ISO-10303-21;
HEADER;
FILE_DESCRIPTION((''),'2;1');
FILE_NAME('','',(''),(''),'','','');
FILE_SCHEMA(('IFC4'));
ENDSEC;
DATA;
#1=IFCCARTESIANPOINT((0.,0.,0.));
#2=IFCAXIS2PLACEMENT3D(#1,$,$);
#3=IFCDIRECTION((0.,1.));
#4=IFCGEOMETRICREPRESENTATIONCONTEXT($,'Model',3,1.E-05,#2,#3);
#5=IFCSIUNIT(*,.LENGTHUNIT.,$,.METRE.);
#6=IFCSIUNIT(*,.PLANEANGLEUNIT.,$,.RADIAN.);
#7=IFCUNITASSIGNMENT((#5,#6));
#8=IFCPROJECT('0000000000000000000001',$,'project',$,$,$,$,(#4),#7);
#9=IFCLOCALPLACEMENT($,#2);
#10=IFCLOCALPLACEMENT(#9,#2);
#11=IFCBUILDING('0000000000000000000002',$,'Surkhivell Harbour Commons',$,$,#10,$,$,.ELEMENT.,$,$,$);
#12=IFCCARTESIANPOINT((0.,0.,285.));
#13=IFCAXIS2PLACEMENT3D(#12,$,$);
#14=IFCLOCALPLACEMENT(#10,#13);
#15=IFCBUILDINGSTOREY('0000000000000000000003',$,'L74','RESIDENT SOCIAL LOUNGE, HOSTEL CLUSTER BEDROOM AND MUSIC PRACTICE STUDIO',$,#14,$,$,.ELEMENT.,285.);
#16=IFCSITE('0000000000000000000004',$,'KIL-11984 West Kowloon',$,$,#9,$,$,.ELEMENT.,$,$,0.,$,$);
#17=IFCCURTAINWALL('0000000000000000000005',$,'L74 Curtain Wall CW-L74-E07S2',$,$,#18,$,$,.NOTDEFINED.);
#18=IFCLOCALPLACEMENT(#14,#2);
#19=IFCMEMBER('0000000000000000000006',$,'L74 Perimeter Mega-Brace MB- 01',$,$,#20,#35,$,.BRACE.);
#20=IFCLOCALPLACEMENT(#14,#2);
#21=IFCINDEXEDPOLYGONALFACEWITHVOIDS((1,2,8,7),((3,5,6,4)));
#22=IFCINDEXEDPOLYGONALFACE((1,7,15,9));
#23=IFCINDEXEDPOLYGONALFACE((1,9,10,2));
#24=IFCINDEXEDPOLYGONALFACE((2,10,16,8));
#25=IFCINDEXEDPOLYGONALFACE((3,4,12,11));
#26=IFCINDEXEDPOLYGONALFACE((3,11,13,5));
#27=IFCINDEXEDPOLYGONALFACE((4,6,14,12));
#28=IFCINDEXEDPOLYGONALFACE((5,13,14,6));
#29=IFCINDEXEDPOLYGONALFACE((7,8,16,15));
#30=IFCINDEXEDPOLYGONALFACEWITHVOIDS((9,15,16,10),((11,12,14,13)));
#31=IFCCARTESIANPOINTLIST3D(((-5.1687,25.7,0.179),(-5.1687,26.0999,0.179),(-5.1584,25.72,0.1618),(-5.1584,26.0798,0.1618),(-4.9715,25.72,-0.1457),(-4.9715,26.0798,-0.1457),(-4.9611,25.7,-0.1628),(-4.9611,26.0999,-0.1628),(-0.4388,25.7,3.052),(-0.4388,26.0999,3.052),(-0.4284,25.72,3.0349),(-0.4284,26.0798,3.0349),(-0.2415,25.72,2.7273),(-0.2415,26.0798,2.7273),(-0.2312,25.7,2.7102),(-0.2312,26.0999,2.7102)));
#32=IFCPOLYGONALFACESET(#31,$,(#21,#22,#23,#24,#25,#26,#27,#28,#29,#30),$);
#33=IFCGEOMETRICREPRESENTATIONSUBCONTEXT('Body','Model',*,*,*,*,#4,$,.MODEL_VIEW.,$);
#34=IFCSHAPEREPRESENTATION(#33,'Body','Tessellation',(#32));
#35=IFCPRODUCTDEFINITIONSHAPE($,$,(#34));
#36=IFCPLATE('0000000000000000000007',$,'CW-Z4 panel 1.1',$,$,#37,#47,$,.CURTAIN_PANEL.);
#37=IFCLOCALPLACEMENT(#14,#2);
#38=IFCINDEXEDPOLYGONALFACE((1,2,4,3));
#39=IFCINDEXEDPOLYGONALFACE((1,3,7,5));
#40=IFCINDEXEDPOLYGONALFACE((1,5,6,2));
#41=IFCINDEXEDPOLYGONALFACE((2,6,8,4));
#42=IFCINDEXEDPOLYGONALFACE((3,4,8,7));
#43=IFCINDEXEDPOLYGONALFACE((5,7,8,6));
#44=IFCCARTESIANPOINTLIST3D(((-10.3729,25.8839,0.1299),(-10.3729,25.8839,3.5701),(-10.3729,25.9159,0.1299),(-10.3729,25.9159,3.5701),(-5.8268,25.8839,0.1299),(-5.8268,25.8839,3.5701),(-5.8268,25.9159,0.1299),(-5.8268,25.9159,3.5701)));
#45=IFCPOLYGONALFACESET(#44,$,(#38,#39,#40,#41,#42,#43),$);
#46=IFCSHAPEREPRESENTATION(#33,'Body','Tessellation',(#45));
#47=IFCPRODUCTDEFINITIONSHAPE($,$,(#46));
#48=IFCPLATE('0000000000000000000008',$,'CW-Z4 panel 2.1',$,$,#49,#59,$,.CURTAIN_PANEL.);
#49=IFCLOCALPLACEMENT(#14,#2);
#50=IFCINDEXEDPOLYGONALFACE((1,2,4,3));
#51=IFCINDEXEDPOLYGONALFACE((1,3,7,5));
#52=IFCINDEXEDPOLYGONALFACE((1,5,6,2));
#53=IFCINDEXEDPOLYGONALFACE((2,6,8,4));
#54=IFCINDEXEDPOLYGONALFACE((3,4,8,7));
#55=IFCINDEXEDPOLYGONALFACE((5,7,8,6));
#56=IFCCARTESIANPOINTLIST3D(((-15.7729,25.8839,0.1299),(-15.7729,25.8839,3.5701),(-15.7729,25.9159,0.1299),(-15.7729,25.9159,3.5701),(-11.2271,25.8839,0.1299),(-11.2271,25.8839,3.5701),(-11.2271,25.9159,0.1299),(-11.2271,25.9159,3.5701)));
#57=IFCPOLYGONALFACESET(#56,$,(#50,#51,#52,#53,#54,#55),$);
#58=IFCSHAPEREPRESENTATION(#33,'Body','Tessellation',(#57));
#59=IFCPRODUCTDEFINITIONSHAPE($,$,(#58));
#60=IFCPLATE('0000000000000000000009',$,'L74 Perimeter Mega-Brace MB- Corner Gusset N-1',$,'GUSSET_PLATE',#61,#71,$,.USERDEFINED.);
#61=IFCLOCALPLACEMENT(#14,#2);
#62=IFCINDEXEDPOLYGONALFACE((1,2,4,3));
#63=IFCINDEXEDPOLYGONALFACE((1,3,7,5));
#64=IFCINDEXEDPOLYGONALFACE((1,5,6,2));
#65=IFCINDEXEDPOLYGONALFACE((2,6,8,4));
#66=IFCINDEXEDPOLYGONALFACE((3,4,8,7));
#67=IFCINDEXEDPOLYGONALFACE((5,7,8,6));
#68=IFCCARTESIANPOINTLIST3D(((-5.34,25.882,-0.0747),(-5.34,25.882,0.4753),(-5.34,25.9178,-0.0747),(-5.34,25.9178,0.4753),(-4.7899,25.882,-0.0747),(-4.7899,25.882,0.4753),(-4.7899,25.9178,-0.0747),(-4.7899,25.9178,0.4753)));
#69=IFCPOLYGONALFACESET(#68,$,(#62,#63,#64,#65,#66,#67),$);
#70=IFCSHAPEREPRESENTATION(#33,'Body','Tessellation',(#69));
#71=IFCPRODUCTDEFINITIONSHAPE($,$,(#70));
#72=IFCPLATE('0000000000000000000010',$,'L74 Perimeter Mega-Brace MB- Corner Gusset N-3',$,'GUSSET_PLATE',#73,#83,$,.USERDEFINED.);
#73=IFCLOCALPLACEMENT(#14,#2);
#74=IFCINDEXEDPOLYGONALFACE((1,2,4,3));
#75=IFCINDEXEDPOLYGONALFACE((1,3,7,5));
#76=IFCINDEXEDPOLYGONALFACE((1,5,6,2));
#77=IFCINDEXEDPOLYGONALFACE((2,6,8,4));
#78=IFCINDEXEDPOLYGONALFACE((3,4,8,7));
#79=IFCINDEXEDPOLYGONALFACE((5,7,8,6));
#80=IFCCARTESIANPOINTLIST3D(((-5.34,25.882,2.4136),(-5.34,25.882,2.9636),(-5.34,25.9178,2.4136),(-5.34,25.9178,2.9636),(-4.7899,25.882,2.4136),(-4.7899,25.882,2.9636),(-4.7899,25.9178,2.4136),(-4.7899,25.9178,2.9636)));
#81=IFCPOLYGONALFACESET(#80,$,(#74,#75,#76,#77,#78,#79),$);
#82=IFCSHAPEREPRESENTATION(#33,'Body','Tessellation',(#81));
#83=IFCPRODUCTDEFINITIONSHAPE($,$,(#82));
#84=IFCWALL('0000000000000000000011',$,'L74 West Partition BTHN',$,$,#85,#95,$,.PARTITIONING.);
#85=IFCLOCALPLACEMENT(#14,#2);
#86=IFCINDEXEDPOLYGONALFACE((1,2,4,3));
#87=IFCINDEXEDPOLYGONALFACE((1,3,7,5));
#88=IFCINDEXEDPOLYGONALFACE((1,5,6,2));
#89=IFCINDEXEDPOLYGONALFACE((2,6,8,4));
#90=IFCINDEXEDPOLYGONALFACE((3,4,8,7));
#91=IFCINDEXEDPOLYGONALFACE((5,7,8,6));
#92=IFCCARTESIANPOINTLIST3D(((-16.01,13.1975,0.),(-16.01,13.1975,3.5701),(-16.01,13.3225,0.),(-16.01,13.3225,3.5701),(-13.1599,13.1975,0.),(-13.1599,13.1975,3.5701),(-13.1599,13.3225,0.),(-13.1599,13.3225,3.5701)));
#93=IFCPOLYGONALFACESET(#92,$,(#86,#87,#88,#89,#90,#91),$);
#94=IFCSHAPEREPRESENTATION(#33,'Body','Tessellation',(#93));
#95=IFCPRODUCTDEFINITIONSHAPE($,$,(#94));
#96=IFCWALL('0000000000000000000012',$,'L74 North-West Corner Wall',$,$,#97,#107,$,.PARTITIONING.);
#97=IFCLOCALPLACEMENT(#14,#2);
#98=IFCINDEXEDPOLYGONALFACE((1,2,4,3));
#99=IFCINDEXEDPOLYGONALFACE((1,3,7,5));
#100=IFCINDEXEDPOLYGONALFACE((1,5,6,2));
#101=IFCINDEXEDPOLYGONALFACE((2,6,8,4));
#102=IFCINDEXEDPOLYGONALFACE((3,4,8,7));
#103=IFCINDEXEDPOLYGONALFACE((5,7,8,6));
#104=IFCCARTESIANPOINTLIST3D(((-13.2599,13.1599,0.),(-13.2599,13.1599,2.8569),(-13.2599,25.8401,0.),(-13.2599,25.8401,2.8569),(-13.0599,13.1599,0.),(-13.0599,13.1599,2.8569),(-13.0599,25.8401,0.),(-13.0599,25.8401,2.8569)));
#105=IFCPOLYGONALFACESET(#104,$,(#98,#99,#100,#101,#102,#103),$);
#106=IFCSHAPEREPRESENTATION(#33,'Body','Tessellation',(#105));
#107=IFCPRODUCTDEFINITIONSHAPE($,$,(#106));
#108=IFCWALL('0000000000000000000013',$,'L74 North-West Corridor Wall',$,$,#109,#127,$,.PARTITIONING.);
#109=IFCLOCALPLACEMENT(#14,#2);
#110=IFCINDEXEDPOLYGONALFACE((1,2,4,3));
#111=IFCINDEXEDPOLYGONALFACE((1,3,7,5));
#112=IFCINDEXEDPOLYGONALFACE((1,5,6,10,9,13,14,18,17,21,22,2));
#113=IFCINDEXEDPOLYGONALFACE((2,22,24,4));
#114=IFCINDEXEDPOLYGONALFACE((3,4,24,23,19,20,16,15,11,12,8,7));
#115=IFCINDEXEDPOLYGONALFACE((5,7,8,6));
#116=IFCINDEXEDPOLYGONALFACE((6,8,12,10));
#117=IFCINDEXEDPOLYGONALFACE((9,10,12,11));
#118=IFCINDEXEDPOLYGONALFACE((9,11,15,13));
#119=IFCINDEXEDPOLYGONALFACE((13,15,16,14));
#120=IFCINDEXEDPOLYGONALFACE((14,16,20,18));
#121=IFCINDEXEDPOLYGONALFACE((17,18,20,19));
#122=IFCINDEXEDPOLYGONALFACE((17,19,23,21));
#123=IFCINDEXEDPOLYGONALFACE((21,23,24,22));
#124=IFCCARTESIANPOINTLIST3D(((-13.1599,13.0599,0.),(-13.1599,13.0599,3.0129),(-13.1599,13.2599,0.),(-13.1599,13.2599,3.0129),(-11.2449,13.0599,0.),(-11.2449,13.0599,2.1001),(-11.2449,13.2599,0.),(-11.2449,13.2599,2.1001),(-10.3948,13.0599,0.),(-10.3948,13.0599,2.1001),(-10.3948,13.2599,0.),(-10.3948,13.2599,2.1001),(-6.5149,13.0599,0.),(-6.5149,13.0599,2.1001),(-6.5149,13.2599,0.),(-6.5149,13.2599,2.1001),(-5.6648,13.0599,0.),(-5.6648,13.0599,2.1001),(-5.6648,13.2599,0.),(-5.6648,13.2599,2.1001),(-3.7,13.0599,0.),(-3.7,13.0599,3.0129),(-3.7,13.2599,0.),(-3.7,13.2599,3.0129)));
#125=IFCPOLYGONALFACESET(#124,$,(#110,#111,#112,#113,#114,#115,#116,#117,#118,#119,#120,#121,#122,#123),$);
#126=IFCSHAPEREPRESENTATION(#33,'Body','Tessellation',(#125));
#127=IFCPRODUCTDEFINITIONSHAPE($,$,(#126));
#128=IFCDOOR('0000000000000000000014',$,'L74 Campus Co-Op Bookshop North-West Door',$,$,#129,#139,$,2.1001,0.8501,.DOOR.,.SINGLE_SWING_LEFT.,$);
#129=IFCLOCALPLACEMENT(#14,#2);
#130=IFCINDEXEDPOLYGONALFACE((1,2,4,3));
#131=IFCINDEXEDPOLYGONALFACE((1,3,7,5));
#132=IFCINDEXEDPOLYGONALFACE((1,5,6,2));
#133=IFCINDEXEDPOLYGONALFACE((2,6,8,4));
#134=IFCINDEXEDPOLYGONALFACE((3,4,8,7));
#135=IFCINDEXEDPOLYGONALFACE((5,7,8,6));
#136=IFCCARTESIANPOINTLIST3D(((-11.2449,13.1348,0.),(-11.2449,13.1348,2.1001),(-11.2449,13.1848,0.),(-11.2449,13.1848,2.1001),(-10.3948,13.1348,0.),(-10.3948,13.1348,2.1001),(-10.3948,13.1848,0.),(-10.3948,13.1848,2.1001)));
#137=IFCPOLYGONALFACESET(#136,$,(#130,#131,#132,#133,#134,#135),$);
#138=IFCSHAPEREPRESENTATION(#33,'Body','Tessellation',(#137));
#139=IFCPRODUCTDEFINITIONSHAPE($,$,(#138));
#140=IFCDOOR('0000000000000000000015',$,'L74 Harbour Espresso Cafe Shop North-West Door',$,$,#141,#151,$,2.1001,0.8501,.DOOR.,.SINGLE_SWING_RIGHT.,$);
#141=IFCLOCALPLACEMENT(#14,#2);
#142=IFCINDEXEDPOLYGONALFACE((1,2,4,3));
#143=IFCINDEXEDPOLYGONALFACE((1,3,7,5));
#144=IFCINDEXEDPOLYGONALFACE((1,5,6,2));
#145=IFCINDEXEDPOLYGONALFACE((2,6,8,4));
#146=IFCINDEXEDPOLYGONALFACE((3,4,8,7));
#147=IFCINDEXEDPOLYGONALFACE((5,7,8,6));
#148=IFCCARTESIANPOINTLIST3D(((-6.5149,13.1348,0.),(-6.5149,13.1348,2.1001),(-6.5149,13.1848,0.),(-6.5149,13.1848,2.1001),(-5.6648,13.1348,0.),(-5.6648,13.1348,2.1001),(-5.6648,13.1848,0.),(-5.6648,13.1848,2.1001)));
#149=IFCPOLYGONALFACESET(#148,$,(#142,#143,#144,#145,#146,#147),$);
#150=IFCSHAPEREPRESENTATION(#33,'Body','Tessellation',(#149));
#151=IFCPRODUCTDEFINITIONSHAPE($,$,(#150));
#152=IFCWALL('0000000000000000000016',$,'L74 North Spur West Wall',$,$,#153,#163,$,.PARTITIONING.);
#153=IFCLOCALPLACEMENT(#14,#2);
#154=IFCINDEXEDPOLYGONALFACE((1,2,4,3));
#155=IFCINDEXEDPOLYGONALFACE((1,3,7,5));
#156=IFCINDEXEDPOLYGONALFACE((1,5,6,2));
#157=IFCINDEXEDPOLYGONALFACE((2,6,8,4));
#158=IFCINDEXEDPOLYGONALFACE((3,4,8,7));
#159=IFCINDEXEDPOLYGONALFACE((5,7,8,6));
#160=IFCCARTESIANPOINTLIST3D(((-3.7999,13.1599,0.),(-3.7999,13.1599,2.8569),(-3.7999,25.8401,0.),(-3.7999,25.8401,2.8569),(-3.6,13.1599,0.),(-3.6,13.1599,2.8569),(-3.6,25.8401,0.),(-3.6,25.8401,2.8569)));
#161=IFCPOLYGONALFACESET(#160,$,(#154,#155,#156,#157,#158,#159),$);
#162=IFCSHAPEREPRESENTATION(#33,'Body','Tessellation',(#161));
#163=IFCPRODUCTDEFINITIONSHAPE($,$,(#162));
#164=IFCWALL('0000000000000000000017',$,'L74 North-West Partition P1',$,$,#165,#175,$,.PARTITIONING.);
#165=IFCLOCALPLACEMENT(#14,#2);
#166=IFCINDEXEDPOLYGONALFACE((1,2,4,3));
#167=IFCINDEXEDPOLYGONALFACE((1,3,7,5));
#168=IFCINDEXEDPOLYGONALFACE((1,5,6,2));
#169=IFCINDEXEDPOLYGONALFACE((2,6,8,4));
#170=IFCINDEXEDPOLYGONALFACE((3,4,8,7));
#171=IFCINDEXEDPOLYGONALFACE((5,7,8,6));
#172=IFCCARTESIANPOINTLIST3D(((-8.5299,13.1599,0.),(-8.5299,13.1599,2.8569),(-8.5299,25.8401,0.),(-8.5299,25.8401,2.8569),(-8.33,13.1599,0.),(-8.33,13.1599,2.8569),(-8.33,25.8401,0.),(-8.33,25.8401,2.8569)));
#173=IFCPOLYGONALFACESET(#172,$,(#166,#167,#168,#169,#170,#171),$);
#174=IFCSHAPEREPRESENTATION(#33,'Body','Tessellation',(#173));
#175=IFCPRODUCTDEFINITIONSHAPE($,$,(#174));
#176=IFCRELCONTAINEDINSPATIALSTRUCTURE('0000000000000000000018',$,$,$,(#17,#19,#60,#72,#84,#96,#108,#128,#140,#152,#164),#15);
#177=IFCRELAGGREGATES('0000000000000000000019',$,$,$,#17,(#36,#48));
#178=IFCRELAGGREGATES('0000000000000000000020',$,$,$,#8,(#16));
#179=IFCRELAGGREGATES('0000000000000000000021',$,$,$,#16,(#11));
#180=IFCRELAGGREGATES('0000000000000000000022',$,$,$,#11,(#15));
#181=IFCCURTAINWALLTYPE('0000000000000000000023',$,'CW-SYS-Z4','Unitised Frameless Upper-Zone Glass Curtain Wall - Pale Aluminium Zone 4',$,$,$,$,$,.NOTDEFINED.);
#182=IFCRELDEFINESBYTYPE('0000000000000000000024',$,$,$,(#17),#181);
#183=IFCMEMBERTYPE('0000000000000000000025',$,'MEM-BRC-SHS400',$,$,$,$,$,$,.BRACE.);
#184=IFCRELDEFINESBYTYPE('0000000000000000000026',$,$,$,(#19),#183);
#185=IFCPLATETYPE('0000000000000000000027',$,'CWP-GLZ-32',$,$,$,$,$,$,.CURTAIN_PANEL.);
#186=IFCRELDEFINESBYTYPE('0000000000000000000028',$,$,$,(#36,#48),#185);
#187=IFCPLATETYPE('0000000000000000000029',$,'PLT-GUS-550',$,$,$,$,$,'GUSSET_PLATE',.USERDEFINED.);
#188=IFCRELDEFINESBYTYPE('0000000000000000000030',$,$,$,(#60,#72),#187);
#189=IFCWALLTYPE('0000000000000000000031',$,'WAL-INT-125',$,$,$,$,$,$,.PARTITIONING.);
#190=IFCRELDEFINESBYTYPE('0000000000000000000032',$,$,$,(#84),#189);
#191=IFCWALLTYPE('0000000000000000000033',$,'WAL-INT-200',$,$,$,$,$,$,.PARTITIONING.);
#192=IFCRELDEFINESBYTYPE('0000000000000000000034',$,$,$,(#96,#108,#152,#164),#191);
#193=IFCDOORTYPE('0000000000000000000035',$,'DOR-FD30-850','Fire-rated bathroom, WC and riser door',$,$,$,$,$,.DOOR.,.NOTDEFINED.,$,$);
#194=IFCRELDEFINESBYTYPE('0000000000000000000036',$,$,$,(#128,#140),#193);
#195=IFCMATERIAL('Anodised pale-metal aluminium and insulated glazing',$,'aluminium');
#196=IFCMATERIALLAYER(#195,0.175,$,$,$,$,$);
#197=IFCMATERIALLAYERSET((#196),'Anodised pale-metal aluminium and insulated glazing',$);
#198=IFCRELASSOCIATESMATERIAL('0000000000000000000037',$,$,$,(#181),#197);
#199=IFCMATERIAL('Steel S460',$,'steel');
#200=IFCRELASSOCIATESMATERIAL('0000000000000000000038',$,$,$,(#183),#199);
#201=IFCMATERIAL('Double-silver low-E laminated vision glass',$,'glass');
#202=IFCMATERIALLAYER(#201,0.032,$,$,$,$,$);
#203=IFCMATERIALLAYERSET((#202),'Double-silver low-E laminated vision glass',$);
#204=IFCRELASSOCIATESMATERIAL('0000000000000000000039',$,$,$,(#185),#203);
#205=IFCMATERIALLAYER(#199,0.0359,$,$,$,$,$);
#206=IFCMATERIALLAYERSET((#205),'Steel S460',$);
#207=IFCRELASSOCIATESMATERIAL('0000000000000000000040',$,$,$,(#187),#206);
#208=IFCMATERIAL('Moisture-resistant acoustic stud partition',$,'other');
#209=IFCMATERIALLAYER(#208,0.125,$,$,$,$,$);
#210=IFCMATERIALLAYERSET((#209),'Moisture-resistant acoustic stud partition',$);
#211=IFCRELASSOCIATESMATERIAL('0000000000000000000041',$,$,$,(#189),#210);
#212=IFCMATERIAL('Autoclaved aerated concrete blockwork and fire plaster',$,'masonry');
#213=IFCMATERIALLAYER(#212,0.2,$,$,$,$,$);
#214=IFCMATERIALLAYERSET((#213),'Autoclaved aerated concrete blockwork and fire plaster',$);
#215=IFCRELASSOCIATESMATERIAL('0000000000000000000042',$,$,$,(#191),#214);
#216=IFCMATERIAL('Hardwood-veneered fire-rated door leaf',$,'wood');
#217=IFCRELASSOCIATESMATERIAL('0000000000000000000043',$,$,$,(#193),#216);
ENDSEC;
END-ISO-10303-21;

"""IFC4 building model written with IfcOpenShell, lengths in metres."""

from ifc_helpers import new_model, si_unit, direction, frame, frame_2d, origin, origin_2d, place, context, subcontext, project, spatial, rectangle, hollow_rectangle, extrude, material, layer, layer_set, material_profile, profile_set, type_object, element, fill, aggregate, save


model = new_model("IFC4")

# Units and contexts
model_context = context("Model", 3, precision=1e-05, world=origin(), true_north=direction((0.0, 1.0)))
body_context = subcontext(model_context, "Body", "Model", "MODEL_VIEW")
ifc_project = project(units=[si_unit("LENGTHUNIT", "METRE"), si_unit("PLANEANGLEUNIT", "RADIAN")], contexts=[model_context])

# Site, building, storey
site_placement = place(None, origin())
site = spatial("IfcSite", under=ifc_project, at=site_placement, Name="KIL-11984 West Kowloon", CompositionType="ELEMENT", RefElevation=0.0)
building_placement = place(site_placement, origin())
building = spatial("IfcBuilding", under=site, at=building_placement, Name="Surkhivell Harbour Commons", CompositionType="ELEMENT")
storey_placement = place(building_placement, frame((0.0, 0.0, 285.0)))
storey = spatial("IfcBuildingStorey", under=building, at=storey_placement, Name="L74", Description="RESIDENT SOCIAL LOUNGE, HOSTEL CLUSTER BEDROOM AND MUSIC PRACTICE STUDIO", CompositionType="ELEMENT", Elevation=285.0)

# Curtain wall
ifc_material_1 = material(Name="Anodised pale-metal aluminium and insulated glazing", Category="aluminium")
ifc_layer_1 = layer(ifc_material_1, 0.175)
ifc_layer_set_1 = layer_set([ifc_layer_1], Name="Anodised pale-metal aluminium and insulated glazing")
curtain_wall_type = type_object("IfcCurtainWallType", Name="CW-SYS-Z4", Description="Unitised Frameless Upper-Zone Glass Curtain Wall - Pale Aluminium Zone 4", PredefinedType="NOTDEFINED", material=ifc_layer_set_1)
curtain_wall_placement = place(storey_placement, origin())
curtain_wall = element("IfcCurtainWall", 1, at=curtain_wall_placement, inside=storey, type_object=curtain_wall_type, Name="L74 Curtain Wall CW-L74-E07S2", PredefinedType="NOTDEFINED")

# Member
ifc_material_2 = material(Name="Steel S460", Category="steel")
ifc_material_profile_1 = material_profile(ifc_material_2, hollow_rectangle(XDim=0.3999, YDim=0.3999, WallThickness=0.02, at=origin_2d()), Name="SHS400x400x20")
ifc_profile_set_1 = profile_set([ifc_material_profile_1], Name="Steel S460")
member_type_1 = type_object("IfcMemberType", Name="MEM-BRC-SHS400", PredefinedType="BRACE", material=ifc_profile_set_1)
member_1_placement = place(storey_placement, frame((-5.0649, 25.8999, 0.0081), z_axis=(0.854685, 0.0, 0.519146), x_axis=(0.0, 1.0, 0.0)))
element("IfcMember", 2, at=member_1_placement, inside=storey, type_object=member_type_1, Name="L74 Perimeter Mega-Brace MB- 01", PredefinedType="BRACE", context=body_context, shape_type="SweptSolid", body=[
    extrude(hollow_rectangle(XDim=0.3999, YDim=0.3999, WallThickness=0.02, at=origin_2d()), origin(), (0.0, 0.0, 1.0), 5.5342),
])

# Plates
ifc_material_3 = material(Name="Double-silver low-E laminated vision glass", Category="glass")
ifc_layer_2 = layer(ifc_material_3, 0.032)
ifc_layer_set_2 = layer_set([ifc_layer_2], Name="Double-silver low-E laminated vision glass")
plate_type_1 = type_object("IfcPlateType", Name="CWP-GLZ-32", PredefinedType="CURTAIN_PANEL", material=ifc_layer_set_2)
plate_1_placement = place(storey_placement, frame((-5.8269, 25.8999, 0.1299), z_axis=(0.0, 0.0, 1.0), x_axis=(-1.0, 0.0, 0.0)))
plate_1 = element("IfcPlate", 3, at=plate_1_placement, type_object=plate_type_1, Name="CW-Z4 panel 1.1", PredefinedType="CURTAIN_PANEL", context=body_context, shape_type="SweptSolid", body=[
    extrude(rectangle(XDim=4.5461, YDim=0.032, at=frame_2d((2.2729, 0.0))), origin(), (0.0, 0.0, 1.0), 3.4402),
])
plate_2_placement = place(storey_placement, frame((-11.2271, 25.8999, 0.1299), z_axis=(0.0, 0.0, 1.0), x_axis=(-1.0, 0.0, 0.0)))
plate_2 = element("IfcPlate", 4, at=plate_2_placement, type_object=plate_type_1, Name="CW-Z4 panel 2.1", PredefinedType="CURTAIN_PANEL", context=body_context, shape_type="SweptSolid", body=[
    extrude(rectangle(XDim=4.5459, YDim=0.032, at=frame_2d((2.2729, 0.0))), origin(), (0.0, 0.0, 1.0), 3.4402),
])
aggregate(curtain_wall, [plate_1, plate_2])

# Plates
ifc_layer_3 = layer(ifc_material_2, 0.0359)
ifc_layer_set_3 = layer_set([ifc_layer_3], Name="Steel S460")
plate_type_2 = type_object("IfcPlateType", Name="PLT-GUS-550", ElementType="GUSSET_PLATE", PredefinedType="USERDEFINED", material=ifc_layer_set_3)
for number, where, z_axis, x_axis, name in (
    (5, (-5.0649, 25.8999, -0.0747), (0.0, 0.0, 1.0), (1.0, 0.0, 0.0), "L74 Perimeter Mega-Brace MB- Corner Gusset N-1"),
    (6, (-5.0649, 25.8999, 2.4136), (0.0, 0.0, 1.0), (1.0, 0.0, 0.0), "L74 Perimeter Mega-Brace MB- Corner Gusset N-3"),
):
    element("IfcPlate", number, at=place(storey_placement, frame(where, z_axis=z_axis, x_axis=x_axis)), inside=storey, type_object=plate_type_2, Name=name, ObjectType="GUSSET_PLATE", PredefinedType="USERDEFINED", context=body_context, shape_type="SweptSolid", body=[
        extrude(rectangle(XDim=0.55, YDim=0.0359, at=origin_2d()), origin(), (0.0, 0.0, 1.0), 0.55),
    ])

# Walls
ifc_material_4 = material(Name="Moisture-resistant acoustic stud partition", Category="other")
ifc_layer_4 = layer(ifc_material_4, 0.125)
ifc_layer_set_4 = layer_set([ifc_layer_4], Name="Moisture-resistant acoustic stud partition")
wall_type_1 = type_object("IfcWallType", Name="WAL-INT-125", PredefinedType="PARTITIONING", material=ifc_layer_set_4)
wall_1_placement = place(storey_placement, frame((-16.01, 13.26, 0.0), z_axis=(0.0, 0.0, 1.0), x_axis=(1.0, 0.0, 0.0)))
element("IfcWall", 7, at=wall_1_placement, inside=storey, type_object=wall_type_1, Name="L74 West Partition BTHN", PredefinedType="PARTITIONING", context=body_context, shape_type="SweptSolid", body=[
    extrude(rectangle(XDim=2.8501, YDim=0.125, at=frame_2d((1.425, 0.0))), origin(), (0.0, 0.0, 1.0), 3.5701),
])
ifc_material_5 = material(Name="Autoclaved aerated concrete blockwork and fire plaster", Category="masonry")
ifc_layer_5 = layer(ifc_material_5, 0.2)
ifc_layer_set_5 = layer_set([ifc_layer_5], Name="Autoclaved aerated concrete blockwork and fire plaster")
wall_type_2 = type_object("IfcWallType", Name="WAL-INT-200", PredefinedType="PARTITIONING", material=ifc_layer_set_5)
wall_2_placement = place(storey_placement, frame((-13.1599, 13.1599, 0.0), z_axis=(0.0, 0.0, 1.0), x_axis=(0.0, 1.0, 0.0)))
element("IfcWall", 8, at=wall_2_placement, inside=storey, type_object=wall_type_2, Name="L74 North-West Corner Wall", PredefinedType="PARTITIONING", context=body_context, shape_type="SweptSolid", body=[
    extrude(rectangle(XDim=12.6802, YDim=0.2, at=frame_2d((6.3401, 0.0))), origin(), (0.0, 0.0, 1.0), 2.8569),
])

# Wall, openings, doors
wall_3_placement = place(storey_placement, frame((-13.1599, 13.1599, 0.0), z_axis=(0.0, 0.0, 1.0), x_axis=(1.0, 0.0, 0.0)))
wall_3 = element("IfcWall", 9, at=wall_3_placement, inside=storey, type_object=wall_type_2, Name="L74 North-West Corridor Wall", PredefinedType="PARTITIONING", context=body_context, shape_type="SweptSolid", body=[
    extrude(rectangle(XDim=9.46, YDim=0.2, at=frame_2d((4.73, 0.0))), origin(), (0.0, 0.0, 1.0), 3.0129),
])
opening_1_placement = place(wall_3_placement, frame((1.915, 0.0, 0.0)))
opening_1 = element("IfcOpeningElement", 10, at=opening_1_placement, cuts=wall_3, PredefinedType="OPENING", context=body_context, shape_type="SweptSolid", body=[
    extrude(rectangle(XDim=0.8501, YDim=2.1001, at=frame_2d((0.425, 1.05))), frame((0.0, 0.1099, 0.0), z_axis=(0.0, -1.0, 0.0), x_axis=(1.0, 0.0, 0.0)), (0.0, 0.0, 1.0), 0.22),
])
opening_2_placement = place(wall_3_placement, frame((6.645, 0.0, 0.0)))
opening_2 = element("IfcOpeningElement", 11, at=opening_2_placement, cuts=wall_3, PredefinedType="OPENING", context=body_context, shape_type="SweptSolid", body=[
    extrude(rectangle(XDim=0.8501, YDim=2.1001, at=frame_2d((0.425, 1.05))), frame((0.0, 0.1099, 0.0), z_axis=(0.0, -1.0, 0.0), x_axis=(1.0, 0.0, 0.0)), (0.0, 0.0, 1.0), 0.22),
])
ifc_material_6 = material(Name="Hardwood-veneered fire-rated door leaf", Category="wood")
door_type = type_object("IfcDoorType", Name="DOR-FD30-850", Description="Fire-rated bathroom, WC and riser door", OperationType="NOTDEFINED", PredefinedType="DOOR", material=ifc_material_6)
door_1_placement = place(opening_1_placement, origin())
door_1 = element("IfcDoor", 12, at=door_1_placement, inside=storey, type_object=door_type, Name="L74 Campus Co-Op Bookshop North-West Door", OperationType="SINGLE_SWING_LEFT", OverallHeight=2.1001, OverallWidth=0.8501, PredefinedType="DOOR", context=body_context, shape_type="SweptSolid", body=[
    extrude(rectangle(XDim=0.8501, YDim=2.1001, at=frame_2d((0.425, 1.05))), frame((0.0, 0.0249, 0.0), z_axis=(0.0, -1.0, 0.0), x_axis=(1.0, 0.0, 0.0)), (0.0, 0.0, 1.0), 0.05),
])
fill(opening_1, door_1)
door_2_placement = place(opening_2_placement, origin())
door_2 = element("IfcDoor", 13, at=door_2_placement, inside=storey, type_object=door_type, Name="L74 Harbour Espresso Cafe Shop North-West Door", OperationType="SINGLE_SWING_RIGHT", OverallHeight=2.1001, OverallWidth=0.8501, PredefinedType="DOOR", context=body_context, shape_type="SweptSolid", body=[
    extrude(rectangle(XDim=0.8501, YDim=2.1001, at=frame_2d((0.425, 1.05))), frame((0.0, 0.0249, 0.0), z_axis=(0.0, -1.0, 0.0), x_axis=(1.0, 0.0, 0.0)), (0.0, 0.0, 1.0), 0.05),
])
fill(opening_2, door_2)

# Walls
for number, where, z_axis, x_axis, name in (
    (14, (-3.7, 13.1599, 0.0), (0.0, 0.0, 1.0), (0.0, 1.0, 0.0), "L74 North Spur West Wall"),
    (15, (-8.4299, 13.1599, 0.0), (0.0, 0.0, 1.0), (0.0, 1.0, 0.0), "L74 North-West Partition P1"),
):
    element("IfcWall", number, at=place(storey_placement, frame(where, z_axis=z_axis, x_axis=x_axis)), inside=storey, type_object=wall_type_2, Name=name, PredefinedType="PARTITIONING", context=body_context, shape_type="SweptSolid", body=[
        extrude(rectangle(XDim=12.6802, YDim=0.2, at=frame_2d((6.3401, 0.0))), origin(), (0.0, 0.0, 1.0), 2.8569),
    ])

save(model, "model.ifc")
